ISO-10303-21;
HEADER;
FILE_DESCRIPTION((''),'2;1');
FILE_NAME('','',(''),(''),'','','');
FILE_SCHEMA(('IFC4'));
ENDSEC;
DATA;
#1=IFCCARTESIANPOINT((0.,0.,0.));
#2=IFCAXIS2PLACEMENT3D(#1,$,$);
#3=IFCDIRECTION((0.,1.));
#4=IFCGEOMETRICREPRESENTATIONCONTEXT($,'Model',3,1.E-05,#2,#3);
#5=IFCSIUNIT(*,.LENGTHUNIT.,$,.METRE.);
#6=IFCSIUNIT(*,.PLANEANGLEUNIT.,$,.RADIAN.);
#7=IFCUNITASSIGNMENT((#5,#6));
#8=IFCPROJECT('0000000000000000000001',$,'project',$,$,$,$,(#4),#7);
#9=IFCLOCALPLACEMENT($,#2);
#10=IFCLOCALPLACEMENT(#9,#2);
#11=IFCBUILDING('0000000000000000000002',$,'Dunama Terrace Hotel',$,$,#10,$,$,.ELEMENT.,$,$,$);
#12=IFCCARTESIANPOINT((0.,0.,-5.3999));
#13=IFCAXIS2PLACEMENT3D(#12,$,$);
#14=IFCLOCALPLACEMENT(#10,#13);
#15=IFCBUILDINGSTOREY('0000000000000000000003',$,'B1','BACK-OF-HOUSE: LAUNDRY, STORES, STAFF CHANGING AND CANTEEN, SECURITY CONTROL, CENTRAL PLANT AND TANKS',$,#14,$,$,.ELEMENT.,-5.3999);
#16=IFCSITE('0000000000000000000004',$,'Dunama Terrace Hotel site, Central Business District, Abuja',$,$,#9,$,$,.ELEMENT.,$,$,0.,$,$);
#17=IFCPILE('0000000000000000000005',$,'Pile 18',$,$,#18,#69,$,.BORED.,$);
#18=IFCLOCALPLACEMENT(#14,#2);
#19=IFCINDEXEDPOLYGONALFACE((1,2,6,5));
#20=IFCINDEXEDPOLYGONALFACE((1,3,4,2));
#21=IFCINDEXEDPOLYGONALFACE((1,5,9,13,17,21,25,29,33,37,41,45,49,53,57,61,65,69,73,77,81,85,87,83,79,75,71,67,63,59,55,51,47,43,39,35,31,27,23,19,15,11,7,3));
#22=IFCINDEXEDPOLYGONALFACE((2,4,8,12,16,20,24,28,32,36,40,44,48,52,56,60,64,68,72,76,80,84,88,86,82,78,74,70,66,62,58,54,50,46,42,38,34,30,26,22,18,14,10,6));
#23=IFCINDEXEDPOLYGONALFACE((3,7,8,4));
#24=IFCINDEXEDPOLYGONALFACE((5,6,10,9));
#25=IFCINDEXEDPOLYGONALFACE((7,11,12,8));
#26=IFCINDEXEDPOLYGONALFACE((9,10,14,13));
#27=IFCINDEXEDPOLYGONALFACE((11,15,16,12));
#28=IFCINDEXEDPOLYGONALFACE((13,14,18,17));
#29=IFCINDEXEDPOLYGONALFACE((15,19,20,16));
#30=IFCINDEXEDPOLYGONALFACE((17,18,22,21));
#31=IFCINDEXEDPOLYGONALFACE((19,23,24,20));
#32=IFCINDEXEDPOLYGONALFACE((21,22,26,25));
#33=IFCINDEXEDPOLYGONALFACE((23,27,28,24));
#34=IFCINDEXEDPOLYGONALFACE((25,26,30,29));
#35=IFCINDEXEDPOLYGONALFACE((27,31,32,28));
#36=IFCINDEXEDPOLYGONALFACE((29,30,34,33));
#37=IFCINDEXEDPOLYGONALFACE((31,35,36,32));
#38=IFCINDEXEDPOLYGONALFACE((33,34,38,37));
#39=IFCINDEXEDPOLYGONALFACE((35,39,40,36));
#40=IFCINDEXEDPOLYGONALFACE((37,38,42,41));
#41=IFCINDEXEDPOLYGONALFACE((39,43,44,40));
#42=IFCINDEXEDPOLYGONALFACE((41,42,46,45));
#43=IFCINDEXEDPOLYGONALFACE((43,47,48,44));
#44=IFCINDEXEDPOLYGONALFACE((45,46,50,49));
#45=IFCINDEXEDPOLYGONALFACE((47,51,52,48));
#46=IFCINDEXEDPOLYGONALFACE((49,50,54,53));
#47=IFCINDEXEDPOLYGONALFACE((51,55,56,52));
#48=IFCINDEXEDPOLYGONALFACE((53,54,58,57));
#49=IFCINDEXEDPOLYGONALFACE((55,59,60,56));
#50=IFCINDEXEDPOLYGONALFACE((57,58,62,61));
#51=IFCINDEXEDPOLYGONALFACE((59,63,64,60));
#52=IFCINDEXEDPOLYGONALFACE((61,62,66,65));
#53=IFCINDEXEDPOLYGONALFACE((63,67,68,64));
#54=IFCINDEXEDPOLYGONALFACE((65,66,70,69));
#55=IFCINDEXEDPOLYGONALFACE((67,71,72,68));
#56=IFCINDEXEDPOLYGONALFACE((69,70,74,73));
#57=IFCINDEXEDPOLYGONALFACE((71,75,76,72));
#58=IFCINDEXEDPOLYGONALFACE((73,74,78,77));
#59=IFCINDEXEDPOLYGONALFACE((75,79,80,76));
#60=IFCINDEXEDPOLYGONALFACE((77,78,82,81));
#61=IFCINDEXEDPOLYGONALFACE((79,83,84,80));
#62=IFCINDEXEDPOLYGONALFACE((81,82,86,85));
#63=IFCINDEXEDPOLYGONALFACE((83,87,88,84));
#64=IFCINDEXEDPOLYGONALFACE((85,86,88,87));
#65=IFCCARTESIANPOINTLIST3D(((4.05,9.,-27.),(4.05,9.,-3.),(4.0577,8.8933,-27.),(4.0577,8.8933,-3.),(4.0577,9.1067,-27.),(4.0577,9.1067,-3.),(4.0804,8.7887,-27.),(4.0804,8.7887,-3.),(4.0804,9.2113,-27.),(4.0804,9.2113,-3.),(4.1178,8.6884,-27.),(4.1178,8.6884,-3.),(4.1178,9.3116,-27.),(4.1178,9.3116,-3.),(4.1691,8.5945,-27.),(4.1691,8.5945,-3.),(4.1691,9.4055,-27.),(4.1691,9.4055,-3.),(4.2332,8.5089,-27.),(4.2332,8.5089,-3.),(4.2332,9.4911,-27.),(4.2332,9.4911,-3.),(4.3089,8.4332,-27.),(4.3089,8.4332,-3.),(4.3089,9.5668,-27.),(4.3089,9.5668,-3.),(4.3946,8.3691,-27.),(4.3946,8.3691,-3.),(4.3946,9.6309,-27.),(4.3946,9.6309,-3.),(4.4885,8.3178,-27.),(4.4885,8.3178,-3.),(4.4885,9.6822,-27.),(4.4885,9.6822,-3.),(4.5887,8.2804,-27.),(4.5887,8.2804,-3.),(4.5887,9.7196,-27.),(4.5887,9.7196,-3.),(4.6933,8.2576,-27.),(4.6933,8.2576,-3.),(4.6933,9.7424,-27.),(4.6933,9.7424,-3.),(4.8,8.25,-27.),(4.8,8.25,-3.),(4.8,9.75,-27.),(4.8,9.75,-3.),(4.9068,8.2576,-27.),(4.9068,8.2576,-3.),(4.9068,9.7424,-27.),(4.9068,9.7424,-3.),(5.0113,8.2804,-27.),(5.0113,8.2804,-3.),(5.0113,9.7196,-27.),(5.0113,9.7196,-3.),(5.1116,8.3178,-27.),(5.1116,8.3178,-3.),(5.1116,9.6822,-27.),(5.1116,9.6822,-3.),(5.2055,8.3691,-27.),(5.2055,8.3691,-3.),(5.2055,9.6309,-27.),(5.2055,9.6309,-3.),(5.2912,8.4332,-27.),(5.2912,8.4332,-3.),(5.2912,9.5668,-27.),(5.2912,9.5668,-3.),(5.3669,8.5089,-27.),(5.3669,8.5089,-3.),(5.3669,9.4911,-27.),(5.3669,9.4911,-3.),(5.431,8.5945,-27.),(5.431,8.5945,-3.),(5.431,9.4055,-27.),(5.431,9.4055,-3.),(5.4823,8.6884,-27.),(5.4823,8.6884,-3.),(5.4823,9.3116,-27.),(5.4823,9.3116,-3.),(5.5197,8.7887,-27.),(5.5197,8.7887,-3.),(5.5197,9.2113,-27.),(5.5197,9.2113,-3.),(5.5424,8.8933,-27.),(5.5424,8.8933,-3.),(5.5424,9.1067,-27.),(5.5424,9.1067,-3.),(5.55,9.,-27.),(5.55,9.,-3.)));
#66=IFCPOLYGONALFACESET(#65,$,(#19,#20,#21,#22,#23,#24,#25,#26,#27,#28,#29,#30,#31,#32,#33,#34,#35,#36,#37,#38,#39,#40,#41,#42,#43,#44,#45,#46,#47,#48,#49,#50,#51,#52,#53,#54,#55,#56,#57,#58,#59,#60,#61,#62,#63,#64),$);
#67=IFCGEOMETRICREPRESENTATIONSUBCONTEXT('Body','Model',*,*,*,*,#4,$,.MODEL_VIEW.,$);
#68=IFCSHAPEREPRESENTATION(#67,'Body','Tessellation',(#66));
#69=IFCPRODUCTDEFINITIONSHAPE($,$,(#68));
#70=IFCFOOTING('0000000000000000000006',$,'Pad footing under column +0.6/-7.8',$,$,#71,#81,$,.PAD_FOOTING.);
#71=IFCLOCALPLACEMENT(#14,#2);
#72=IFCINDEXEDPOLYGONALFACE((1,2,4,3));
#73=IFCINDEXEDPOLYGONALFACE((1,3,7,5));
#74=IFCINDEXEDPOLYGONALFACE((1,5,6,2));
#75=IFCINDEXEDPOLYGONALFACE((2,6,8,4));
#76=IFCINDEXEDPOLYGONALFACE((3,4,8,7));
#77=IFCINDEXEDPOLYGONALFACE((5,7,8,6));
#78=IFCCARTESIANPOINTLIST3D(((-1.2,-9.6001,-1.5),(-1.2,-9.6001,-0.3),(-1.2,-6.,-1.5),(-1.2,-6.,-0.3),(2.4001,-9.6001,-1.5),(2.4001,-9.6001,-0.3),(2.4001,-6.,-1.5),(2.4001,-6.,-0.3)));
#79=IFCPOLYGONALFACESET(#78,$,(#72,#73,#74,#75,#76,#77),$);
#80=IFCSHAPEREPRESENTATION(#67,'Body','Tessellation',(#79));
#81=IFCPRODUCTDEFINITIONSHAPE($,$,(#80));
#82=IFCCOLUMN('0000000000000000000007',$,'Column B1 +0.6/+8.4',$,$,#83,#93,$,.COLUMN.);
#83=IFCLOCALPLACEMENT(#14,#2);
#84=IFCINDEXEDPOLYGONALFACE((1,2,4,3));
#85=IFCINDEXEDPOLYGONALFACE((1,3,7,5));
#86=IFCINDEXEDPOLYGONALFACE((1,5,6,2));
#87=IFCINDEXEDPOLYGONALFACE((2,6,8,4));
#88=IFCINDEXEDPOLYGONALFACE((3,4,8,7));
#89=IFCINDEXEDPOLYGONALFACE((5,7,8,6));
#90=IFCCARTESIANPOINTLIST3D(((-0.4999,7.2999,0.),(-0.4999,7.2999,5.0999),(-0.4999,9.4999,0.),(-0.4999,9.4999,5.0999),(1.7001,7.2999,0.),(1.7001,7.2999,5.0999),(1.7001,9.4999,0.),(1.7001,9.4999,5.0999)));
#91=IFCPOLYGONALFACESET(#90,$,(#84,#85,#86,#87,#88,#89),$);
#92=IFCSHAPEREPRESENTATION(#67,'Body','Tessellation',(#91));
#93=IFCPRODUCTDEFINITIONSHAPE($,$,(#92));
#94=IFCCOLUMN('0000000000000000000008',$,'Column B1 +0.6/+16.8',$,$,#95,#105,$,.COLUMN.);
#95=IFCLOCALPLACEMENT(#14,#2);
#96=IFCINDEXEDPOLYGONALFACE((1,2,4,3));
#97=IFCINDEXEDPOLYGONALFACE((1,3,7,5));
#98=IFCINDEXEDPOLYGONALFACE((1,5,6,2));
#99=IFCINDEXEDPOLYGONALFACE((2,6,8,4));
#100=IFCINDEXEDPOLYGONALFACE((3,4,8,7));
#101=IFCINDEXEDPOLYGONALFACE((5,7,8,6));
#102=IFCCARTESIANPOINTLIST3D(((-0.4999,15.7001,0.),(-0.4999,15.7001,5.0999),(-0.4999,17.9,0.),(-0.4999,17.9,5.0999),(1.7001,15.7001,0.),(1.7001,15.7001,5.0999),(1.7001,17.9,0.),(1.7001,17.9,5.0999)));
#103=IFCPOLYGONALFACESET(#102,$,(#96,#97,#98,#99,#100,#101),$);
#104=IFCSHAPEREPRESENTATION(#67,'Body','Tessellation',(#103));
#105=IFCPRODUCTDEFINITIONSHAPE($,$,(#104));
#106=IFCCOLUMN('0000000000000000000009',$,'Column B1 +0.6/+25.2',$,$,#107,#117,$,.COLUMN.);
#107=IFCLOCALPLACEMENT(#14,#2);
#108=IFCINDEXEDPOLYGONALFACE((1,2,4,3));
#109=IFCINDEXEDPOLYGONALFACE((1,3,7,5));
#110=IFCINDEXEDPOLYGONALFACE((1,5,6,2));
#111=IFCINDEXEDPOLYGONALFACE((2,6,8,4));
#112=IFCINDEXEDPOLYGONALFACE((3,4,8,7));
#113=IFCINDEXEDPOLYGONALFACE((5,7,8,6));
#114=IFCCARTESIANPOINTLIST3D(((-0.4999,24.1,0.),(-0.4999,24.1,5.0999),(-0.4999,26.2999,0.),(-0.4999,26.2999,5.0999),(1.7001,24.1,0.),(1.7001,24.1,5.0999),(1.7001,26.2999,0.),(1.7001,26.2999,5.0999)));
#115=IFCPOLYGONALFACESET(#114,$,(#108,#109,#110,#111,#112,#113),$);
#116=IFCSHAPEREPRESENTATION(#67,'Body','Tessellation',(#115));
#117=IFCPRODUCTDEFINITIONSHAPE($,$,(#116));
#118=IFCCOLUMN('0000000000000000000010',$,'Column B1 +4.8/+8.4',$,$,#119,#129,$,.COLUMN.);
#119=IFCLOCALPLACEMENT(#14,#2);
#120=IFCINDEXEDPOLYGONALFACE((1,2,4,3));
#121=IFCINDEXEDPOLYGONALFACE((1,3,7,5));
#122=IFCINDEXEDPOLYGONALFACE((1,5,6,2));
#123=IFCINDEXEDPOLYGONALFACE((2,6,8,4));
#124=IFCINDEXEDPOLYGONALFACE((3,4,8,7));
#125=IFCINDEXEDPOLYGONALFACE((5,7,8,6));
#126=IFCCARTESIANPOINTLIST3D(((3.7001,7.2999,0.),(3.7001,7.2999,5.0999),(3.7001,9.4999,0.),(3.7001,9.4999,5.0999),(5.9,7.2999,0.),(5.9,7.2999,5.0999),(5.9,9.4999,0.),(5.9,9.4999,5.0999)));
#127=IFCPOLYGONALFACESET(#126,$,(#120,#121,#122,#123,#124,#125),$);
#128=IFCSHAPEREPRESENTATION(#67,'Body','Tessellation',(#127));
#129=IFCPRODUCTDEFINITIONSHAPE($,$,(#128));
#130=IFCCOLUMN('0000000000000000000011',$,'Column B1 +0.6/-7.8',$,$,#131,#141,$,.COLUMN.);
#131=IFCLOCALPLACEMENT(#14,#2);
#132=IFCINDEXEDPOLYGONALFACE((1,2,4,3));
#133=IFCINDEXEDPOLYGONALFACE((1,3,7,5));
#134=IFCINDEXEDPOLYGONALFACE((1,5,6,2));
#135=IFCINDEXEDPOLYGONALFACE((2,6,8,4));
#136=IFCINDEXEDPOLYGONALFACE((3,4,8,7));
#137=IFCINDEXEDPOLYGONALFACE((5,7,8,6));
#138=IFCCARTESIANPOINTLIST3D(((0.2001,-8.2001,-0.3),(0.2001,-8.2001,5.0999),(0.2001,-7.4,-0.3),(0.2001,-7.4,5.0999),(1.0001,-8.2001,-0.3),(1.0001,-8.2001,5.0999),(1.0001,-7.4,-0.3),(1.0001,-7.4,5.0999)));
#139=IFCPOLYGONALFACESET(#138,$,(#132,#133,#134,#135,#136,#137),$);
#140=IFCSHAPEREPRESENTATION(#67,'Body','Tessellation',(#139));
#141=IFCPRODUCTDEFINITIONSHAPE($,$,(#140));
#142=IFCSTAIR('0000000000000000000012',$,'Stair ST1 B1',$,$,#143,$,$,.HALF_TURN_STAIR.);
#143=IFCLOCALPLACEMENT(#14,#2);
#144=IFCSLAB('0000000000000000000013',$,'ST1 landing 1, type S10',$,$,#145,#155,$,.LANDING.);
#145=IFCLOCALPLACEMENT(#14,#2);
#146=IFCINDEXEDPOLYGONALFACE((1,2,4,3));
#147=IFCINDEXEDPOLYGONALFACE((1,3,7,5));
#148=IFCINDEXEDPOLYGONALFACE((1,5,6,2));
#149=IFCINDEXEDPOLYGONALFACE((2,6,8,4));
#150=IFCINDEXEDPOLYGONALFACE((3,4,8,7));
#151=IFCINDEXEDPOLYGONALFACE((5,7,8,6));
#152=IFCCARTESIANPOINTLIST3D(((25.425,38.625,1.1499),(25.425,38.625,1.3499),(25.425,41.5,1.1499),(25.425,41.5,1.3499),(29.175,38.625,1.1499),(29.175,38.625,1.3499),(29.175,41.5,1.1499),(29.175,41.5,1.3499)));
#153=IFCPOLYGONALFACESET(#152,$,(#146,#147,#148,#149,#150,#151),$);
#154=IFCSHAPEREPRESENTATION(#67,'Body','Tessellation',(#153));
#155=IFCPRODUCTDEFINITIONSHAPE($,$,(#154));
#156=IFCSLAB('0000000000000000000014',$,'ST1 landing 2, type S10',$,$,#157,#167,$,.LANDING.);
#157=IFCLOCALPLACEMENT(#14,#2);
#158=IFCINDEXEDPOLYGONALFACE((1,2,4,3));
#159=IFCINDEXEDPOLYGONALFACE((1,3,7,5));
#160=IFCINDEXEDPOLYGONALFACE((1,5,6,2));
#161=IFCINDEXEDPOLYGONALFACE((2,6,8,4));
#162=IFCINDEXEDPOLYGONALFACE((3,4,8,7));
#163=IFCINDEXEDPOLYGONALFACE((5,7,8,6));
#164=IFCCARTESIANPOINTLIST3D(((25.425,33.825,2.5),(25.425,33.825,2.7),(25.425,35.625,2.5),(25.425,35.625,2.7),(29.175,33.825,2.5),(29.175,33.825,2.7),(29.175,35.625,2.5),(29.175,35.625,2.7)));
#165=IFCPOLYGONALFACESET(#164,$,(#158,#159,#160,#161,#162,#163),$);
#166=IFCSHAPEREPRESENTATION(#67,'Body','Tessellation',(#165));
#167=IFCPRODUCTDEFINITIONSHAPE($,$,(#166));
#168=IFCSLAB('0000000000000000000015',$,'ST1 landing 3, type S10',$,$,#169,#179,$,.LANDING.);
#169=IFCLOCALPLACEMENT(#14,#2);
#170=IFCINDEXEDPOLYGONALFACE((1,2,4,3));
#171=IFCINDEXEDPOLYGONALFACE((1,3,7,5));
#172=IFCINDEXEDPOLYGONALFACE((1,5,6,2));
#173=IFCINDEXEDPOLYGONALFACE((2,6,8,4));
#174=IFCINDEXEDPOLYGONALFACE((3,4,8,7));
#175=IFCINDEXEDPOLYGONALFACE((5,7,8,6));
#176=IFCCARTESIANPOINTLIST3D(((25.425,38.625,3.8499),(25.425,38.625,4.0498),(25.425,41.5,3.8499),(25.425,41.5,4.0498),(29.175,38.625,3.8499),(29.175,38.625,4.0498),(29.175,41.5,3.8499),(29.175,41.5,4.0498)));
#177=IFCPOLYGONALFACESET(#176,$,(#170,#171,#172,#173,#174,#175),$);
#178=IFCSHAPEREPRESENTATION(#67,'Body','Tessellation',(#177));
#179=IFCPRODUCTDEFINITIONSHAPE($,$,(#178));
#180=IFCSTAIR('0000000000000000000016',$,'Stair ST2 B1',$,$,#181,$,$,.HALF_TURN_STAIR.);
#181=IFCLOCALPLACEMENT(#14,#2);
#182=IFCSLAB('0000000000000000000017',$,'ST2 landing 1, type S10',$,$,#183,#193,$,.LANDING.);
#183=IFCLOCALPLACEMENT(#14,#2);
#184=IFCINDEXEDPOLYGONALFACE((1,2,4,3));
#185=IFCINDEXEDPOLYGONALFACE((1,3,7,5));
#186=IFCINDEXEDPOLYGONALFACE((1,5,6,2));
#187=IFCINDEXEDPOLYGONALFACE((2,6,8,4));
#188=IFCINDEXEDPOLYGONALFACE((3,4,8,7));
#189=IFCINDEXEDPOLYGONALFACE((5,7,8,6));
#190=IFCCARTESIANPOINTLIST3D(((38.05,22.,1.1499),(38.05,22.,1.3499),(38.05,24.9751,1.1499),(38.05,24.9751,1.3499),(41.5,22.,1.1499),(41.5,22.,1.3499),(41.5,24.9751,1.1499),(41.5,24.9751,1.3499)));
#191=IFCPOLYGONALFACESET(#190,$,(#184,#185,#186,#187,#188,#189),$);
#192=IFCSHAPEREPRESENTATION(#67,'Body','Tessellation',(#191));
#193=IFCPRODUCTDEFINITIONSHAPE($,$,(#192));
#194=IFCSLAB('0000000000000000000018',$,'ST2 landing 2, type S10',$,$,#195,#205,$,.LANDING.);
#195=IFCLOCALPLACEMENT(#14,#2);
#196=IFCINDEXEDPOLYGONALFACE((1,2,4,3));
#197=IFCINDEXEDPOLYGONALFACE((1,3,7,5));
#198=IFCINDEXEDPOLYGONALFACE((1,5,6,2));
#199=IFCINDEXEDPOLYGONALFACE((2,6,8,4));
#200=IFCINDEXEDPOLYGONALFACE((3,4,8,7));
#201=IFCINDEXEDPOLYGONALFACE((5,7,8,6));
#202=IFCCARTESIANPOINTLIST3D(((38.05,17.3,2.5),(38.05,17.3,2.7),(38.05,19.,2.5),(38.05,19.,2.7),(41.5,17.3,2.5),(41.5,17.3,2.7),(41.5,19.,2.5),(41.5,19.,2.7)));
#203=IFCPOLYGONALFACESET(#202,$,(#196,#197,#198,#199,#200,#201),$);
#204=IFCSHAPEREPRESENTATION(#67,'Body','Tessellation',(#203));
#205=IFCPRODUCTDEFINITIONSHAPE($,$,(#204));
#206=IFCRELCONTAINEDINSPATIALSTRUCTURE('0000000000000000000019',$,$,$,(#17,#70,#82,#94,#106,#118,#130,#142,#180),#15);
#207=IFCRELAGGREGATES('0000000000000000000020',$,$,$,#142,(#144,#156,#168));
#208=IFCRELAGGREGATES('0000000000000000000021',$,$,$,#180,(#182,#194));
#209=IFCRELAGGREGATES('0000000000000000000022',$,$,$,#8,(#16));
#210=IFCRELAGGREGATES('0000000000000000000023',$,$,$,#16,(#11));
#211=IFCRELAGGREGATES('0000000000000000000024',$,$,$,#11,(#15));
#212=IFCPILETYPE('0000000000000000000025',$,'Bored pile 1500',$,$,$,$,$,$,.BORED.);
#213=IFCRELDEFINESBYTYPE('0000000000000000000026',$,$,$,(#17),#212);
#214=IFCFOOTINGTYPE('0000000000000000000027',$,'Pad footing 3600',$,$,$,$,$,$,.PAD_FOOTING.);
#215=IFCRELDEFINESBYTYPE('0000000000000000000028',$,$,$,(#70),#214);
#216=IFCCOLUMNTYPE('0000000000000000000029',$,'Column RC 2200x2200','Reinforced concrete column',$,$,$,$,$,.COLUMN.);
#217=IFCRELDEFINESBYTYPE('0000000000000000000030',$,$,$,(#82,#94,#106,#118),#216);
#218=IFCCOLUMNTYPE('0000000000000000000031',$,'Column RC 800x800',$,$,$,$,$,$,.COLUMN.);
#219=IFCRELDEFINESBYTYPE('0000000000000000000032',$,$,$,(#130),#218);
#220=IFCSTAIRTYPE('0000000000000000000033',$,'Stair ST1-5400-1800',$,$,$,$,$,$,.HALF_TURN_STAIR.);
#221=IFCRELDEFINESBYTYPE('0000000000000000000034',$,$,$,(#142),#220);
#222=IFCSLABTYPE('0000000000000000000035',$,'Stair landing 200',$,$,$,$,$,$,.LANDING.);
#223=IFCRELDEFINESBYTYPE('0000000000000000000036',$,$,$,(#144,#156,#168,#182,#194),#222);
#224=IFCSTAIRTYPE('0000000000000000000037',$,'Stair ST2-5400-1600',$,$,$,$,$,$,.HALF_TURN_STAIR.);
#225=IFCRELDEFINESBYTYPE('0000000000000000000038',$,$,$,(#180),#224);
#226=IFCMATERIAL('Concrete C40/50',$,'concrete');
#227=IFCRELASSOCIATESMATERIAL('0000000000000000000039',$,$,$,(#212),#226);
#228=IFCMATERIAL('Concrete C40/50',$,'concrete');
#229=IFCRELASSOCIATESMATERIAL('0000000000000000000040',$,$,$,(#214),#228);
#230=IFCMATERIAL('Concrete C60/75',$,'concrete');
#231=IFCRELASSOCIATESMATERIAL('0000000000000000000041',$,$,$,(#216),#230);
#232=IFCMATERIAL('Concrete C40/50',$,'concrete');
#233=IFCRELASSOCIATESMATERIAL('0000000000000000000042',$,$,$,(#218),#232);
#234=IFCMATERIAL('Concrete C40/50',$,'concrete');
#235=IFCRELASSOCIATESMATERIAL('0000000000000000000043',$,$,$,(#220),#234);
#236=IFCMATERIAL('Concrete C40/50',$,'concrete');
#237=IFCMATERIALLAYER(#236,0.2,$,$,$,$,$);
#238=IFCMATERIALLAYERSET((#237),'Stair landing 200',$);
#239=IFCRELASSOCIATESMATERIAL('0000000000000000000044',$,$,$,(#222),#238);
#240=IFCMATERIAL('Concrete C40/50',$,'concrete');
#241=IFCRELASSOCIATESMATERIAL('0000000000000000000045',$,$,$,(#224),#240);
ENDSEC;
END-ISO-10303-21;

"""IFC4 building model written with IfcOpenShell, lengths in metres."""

from ifc_helpers import new_model, si_unit, direction, frame, origin, origin_2d, place, context, subcontext, project, spatial, polyline, rectangle, circle, outline, extrude, material, layer, layer_set, material_profile, profile_set, type_object, element, aggregate, save


model = new_model("IFC4")

# Units and contexts
model_context = context("Model", 3, precision=1e-05, world=origin(), true_north=direction((0.0, 1.0)))
body_context = subcontext(model_context, "Body", "Model", "MODEL_VIEW")
ifc_project = project(units=[si_unit("LENGTHUNIT", "METRE"), si_unit("PLANEANGLEUNIT", "RADIAN")], contexts=[model_context])

# Site, building, storey
site_placement = place(None, origin())
site = spatial("IfcSite", under=ifc_project, at=site_placement, Name="Dunama Terrace Hotel site, Central Business District, Abuja", CompositionType="ELEMENT", RefElevation=0.0)
building_placement = place(site_placement, origin())
building = spatial("IfcBuilding", under=site, at=building_placement, Name="Dunama Terrace Hotel", CompositionType="ELEMENT")
storey_placement = place(building_placement, frame((0.0, 0.0, -5.3999)))
storey = spatial("IfcBuildingStorey", under=building, at=storey_placement, Name="B1", Description="BACK-OF-HOUSE: LAUNDRY, STORES, STAFF CHANGING AND CANTEEN, SECURITY CONTROL, CENTRAL PLANT AND TANKS", CompositionType="ELEMENT", Elevation=-5.3999)

# Pile
ifc_material_1 = material(Name="Concrete C40/50", Category="concrete")
ifc_material_profile_1 = material_profile(ifc_material_1, circle(Radius=0.75, at=origin_2d()), Name="PILE D1500")
ifc_profile_set_1 = profile_set([ifc_material_profile_1], Name="Concrete C40/50")
pile_type = type_object("IfcPileType", Name="Bored pile 1500", PredefinedType="BORED", material=ifc_profile_set_1)
for number, where, z_axis, x_axis, name in (
    (1, (4.8, 9.0, -3.0), (0.0, 0.0, -1.0), (1.0, 0.0, 0.0), "Pile 18"),
):
    element("IfcPile", number, at=place(storey_placement, frame(where, z_axis=z_axis, x_axis=x_axis)), inside=storey, type_object=pile_type, Name=name, PredefinedType="BORED", context=body_context, shape_type="SweptSolid", body=[
        extrude(circle(Radius=0.75, at=origin_2d()), origin(), (0.0, 0.0, 1.0), 24.0),
    ])

# Footing
ifc_material_2 = material(Name="Concrete C40/50", Category="concrete")
footing_type = type_object("IfcFootingType", Name="Pad footing 3600", PredefinedType="PAD_FOOTING", material=ifc_material_2)
footing_placement = place(storey_placement, frame((0.6001, -7.8, -1.5), z_axis=(0.0, 0.0, 1.0), x_axis=(1.0, 0.0, 0.0)))
element("IfcFooting", 2, at=footing_placement, inside=storey, type_object=footing_type, Name="Pad footing under column +0.6/-7.8", PredefinedType="PAD_FOOTING", context=body_context, shape_type="SweptSolid", body=[
    extrude(rectangle(XDim=3.6001, YDim=3.6001, at=origin_2d()), origin(), (0.0, 0.0, 1.0), 1.2),
])

# Columns
ifc_material_3 = material(Name="Concrete C60/75", Category="concrete")
ifc_material_profile_2 = material_profile(ifc_material_3, rectangle(XDim=2.2, YDim=2.2, at=origin_2d()), Name="RC 2200x2200")
ifc_profile_set_2 = profile_set([ifc_material_profile_2], Name="Concrete C60/75")
column_type_1 = type_object("IfcColumnType", Name="Column RC 2200x2200", Description="Reinforced concrete column", PredefinedType="COLUMN", material=ifc_profile_set_2)
for number, where, z_axis, x_axis, name in (
    (3, (0.6001, 8.3999, 0.0), (0.0, 0.0, 1.0), (1.0, 0.0, 0.0), "Column B1 +0.6/+8.4"),
    (4, (0.6001, 16.8, 0.0), (0.0, 0.0, 1.0), (1.0, 0.0, 0.0), "Column B1 +0.6/+16.8"),
    (5, (0.6001, 25.2, 0.0), (0.0, 0.0, 1.0), (1.0, 0.0, 0.0), "Column B1 +0.6/+25.2"),
    (6, (4.8, 8.3999, 0.0), (0.0, 0.0, 1.0), (1.0, 0.0, 0.0), "Column B1 +4.8/+8.4"),
):
    element("IfcColumn", number, at=place(storey_placement, frame(where, z_axis=z_axis, x_axis=x_axis)), inside=storey, type_object=column_type_1, Name=name, PredefinedType="COLUMN", context=body_context, shape_type="SweptSolid", body=[
        extrude(rectangle(XDim=2.2, YDim=2.2, at=origin_2d()), origin(), (0.0, 0.0, 1.0), 5.0999),
    ])
ifc_material_4 = material(Name="Concrete C40/50", Category="concrete")
ifc_material_profile_3 = material_profile(ifc_material_4, rectangle(XDim=0.8, YDim=0.8, at=origin_2d()), Name="RC 800x800")
ifc_profile_set_3 = profile_set([ifc_material_profile_3], Name="Concrete C40/50")
column_type_2 = type_object("IfcColumnType", Name="Column RC 800x800", PredefinedType="COLUMN", material=ifc_profile_set_3)
column_placement = place(storey_placement, frame((0.6001, -7.8, -0.3), z_axis=(0.0, 0.0, 1.0), x_axis=(1.0, 0.0, 0.0)))
element("IfcColumn", 7, at=column_placement, inside=storey, type_object=column_type_2, Name="Column B1 +0.6/-7.8", PredefinedType="COLUMN", context=body_context, shape_type="SweptSolid", body=[
    extrude(rectangle(XDim=0.8, YDim=0.8, at=origin_2d()), origin(), (0.0, 0.0, 1.0), 5.3999),
])

# Stairs, slabs
ifc_material_5 = material(Name="Concrete C40/50", Category="concrete")
stair_type_1 = type_object("IfcStairType", Name="Stair ST1-5400-1800", PredefinedType="HALF_TURN_STAIR", material=ifc_material_5)
stair_1_placement = place(storey_placement, origin())
stair_1 = element("IfcStair", 8, at=stair_1_placement, inside=storey, type_object=stair_type_1, Name="Stair ST1 B1", PredefinedType="HALF_TURN_STAIR")
ifc_material_6 = material(Name="Concrete C40/50", Category="concrete")
ifc_layer_1 = layer(ifc_material_6, 0.2)
ifc_layer_set_1 = layer_set([ifc_layer_1], Name="Stair landing 200")
slab_type = type_object("IfcSlabType", Name="Stair landing 200", PredefinedType="LANDING", material=ifc_layer_set_1)
slab_1_placement = place(storey_placement, frame((0.0, 0.0, 1.1499)))
slab_1 = element("IfcSlab", 9, at=slab_1_placement, type_object=slab_type, Name="ST1 landing 1, type S10", PredefinedType="LANDING", context=body_context, shape_type="SweptSolid", body=[
    extrude(outline(polyline([(25.425, 38.625), (29.175, 38.625), (29.175, 41.5), (25.425, 41.5), (25.425, 38.625)])), origin(), (0.0, 0.0, 1.0), 0.2),
])
slab_2_placement = place(storey_placement, frame((0.0, 0.0, 2.5)))
slab_2 = element("IfcSlab", 10, at=slab_2_placement, type_object=slab_type, Name="ST1 landing 2, type S10", PredefinedType="LANDING", context=body_context, shape_type="SweptSolid", body=[
    extrude(outline(polyline([(25.425, 33.825), (29.175, 33.825), (29.175, 35.625), (25.425, 35.625), (25.425, 33.825)])), origin(), (0.0, 0.0, 1.0), 0.2),
])
slab_3_placement = place(storey_placement, frame((0.0, 0.0, 3.8499)))
slab_3 = element("IfcSlab", 11, at=slab_3_placement, type_object=slab_type, Name="ST1 landing 3, type S10", PredefinedType="LANDING", context=body_context, shape_type="SweptSolid", body=[
    extrude(outline(polyline([(25.425, 38.625), (29.175, 38.625), (29.175, 41.5), (25.425, 41.5), (25.425, 38.625)])), origin(), (0.0, 0.0, 1.0), 0.2),
])
aggregate(stair_1, [slab_1, slab_2, slab_3])
ifc_material_7 = material(Name="Concrete C40/50", Category="concrete")
stair_type_2 = type_object("IfcStairType", Name="Stair ST2-5400-1600", PredefinedType="HALF_TURN_STAIR", material=ifc_material_7)
stair_2_placement = place(storey_placement, origin())
stair_2 = element("IfcStair", 12, at=stair_2_placement, inside=storey, type_object=stair_type_2, Name="Stair ST2 B1", PredefinedType="HALF_TURN_STAIR")
slab_4_placement = place(storey_placement, frame((0.0, 0.0, 1.1499)))
slab_4 = element("IfcSlab", 13, at=slab_4_placement, type_object=slab_type, Name="ST2 landing 1, type S10", PredefinedType="LANDING", context=body_context, shape_type="SweptSolid", body=[
    extrude(outline(polyline([(38.05, 22.0), (41.5, 22.0), (41.5, 24.9751), (38.05, 24.9751), (38.05, 22.0)])), origin(), (0.0, 0.0, 1.0), 0.2),
])
slab_5_placement = place(storey_placement, frame((0.0, 0.0, 2.5)))
slab_5 = element("IfcSlab", 14, at=slab_5_placement, type_object=slab_type, Name="ST2 landing 2, type S10", PredefinedType="LANDING", context=body_context, shape_type="SweptSolid", body=[
    extrude(outline(polyline([(38.05, 17.3), (41.5, 17.3), (41.5, 19.0), (38.05, 19.0), (38.05, 17.3)])), origin(), (0.0, 0.0, 1.0), 0.2),
])
aggregate(stair_2, [slab_4, slab_5])

save(model, "model.ifc")
